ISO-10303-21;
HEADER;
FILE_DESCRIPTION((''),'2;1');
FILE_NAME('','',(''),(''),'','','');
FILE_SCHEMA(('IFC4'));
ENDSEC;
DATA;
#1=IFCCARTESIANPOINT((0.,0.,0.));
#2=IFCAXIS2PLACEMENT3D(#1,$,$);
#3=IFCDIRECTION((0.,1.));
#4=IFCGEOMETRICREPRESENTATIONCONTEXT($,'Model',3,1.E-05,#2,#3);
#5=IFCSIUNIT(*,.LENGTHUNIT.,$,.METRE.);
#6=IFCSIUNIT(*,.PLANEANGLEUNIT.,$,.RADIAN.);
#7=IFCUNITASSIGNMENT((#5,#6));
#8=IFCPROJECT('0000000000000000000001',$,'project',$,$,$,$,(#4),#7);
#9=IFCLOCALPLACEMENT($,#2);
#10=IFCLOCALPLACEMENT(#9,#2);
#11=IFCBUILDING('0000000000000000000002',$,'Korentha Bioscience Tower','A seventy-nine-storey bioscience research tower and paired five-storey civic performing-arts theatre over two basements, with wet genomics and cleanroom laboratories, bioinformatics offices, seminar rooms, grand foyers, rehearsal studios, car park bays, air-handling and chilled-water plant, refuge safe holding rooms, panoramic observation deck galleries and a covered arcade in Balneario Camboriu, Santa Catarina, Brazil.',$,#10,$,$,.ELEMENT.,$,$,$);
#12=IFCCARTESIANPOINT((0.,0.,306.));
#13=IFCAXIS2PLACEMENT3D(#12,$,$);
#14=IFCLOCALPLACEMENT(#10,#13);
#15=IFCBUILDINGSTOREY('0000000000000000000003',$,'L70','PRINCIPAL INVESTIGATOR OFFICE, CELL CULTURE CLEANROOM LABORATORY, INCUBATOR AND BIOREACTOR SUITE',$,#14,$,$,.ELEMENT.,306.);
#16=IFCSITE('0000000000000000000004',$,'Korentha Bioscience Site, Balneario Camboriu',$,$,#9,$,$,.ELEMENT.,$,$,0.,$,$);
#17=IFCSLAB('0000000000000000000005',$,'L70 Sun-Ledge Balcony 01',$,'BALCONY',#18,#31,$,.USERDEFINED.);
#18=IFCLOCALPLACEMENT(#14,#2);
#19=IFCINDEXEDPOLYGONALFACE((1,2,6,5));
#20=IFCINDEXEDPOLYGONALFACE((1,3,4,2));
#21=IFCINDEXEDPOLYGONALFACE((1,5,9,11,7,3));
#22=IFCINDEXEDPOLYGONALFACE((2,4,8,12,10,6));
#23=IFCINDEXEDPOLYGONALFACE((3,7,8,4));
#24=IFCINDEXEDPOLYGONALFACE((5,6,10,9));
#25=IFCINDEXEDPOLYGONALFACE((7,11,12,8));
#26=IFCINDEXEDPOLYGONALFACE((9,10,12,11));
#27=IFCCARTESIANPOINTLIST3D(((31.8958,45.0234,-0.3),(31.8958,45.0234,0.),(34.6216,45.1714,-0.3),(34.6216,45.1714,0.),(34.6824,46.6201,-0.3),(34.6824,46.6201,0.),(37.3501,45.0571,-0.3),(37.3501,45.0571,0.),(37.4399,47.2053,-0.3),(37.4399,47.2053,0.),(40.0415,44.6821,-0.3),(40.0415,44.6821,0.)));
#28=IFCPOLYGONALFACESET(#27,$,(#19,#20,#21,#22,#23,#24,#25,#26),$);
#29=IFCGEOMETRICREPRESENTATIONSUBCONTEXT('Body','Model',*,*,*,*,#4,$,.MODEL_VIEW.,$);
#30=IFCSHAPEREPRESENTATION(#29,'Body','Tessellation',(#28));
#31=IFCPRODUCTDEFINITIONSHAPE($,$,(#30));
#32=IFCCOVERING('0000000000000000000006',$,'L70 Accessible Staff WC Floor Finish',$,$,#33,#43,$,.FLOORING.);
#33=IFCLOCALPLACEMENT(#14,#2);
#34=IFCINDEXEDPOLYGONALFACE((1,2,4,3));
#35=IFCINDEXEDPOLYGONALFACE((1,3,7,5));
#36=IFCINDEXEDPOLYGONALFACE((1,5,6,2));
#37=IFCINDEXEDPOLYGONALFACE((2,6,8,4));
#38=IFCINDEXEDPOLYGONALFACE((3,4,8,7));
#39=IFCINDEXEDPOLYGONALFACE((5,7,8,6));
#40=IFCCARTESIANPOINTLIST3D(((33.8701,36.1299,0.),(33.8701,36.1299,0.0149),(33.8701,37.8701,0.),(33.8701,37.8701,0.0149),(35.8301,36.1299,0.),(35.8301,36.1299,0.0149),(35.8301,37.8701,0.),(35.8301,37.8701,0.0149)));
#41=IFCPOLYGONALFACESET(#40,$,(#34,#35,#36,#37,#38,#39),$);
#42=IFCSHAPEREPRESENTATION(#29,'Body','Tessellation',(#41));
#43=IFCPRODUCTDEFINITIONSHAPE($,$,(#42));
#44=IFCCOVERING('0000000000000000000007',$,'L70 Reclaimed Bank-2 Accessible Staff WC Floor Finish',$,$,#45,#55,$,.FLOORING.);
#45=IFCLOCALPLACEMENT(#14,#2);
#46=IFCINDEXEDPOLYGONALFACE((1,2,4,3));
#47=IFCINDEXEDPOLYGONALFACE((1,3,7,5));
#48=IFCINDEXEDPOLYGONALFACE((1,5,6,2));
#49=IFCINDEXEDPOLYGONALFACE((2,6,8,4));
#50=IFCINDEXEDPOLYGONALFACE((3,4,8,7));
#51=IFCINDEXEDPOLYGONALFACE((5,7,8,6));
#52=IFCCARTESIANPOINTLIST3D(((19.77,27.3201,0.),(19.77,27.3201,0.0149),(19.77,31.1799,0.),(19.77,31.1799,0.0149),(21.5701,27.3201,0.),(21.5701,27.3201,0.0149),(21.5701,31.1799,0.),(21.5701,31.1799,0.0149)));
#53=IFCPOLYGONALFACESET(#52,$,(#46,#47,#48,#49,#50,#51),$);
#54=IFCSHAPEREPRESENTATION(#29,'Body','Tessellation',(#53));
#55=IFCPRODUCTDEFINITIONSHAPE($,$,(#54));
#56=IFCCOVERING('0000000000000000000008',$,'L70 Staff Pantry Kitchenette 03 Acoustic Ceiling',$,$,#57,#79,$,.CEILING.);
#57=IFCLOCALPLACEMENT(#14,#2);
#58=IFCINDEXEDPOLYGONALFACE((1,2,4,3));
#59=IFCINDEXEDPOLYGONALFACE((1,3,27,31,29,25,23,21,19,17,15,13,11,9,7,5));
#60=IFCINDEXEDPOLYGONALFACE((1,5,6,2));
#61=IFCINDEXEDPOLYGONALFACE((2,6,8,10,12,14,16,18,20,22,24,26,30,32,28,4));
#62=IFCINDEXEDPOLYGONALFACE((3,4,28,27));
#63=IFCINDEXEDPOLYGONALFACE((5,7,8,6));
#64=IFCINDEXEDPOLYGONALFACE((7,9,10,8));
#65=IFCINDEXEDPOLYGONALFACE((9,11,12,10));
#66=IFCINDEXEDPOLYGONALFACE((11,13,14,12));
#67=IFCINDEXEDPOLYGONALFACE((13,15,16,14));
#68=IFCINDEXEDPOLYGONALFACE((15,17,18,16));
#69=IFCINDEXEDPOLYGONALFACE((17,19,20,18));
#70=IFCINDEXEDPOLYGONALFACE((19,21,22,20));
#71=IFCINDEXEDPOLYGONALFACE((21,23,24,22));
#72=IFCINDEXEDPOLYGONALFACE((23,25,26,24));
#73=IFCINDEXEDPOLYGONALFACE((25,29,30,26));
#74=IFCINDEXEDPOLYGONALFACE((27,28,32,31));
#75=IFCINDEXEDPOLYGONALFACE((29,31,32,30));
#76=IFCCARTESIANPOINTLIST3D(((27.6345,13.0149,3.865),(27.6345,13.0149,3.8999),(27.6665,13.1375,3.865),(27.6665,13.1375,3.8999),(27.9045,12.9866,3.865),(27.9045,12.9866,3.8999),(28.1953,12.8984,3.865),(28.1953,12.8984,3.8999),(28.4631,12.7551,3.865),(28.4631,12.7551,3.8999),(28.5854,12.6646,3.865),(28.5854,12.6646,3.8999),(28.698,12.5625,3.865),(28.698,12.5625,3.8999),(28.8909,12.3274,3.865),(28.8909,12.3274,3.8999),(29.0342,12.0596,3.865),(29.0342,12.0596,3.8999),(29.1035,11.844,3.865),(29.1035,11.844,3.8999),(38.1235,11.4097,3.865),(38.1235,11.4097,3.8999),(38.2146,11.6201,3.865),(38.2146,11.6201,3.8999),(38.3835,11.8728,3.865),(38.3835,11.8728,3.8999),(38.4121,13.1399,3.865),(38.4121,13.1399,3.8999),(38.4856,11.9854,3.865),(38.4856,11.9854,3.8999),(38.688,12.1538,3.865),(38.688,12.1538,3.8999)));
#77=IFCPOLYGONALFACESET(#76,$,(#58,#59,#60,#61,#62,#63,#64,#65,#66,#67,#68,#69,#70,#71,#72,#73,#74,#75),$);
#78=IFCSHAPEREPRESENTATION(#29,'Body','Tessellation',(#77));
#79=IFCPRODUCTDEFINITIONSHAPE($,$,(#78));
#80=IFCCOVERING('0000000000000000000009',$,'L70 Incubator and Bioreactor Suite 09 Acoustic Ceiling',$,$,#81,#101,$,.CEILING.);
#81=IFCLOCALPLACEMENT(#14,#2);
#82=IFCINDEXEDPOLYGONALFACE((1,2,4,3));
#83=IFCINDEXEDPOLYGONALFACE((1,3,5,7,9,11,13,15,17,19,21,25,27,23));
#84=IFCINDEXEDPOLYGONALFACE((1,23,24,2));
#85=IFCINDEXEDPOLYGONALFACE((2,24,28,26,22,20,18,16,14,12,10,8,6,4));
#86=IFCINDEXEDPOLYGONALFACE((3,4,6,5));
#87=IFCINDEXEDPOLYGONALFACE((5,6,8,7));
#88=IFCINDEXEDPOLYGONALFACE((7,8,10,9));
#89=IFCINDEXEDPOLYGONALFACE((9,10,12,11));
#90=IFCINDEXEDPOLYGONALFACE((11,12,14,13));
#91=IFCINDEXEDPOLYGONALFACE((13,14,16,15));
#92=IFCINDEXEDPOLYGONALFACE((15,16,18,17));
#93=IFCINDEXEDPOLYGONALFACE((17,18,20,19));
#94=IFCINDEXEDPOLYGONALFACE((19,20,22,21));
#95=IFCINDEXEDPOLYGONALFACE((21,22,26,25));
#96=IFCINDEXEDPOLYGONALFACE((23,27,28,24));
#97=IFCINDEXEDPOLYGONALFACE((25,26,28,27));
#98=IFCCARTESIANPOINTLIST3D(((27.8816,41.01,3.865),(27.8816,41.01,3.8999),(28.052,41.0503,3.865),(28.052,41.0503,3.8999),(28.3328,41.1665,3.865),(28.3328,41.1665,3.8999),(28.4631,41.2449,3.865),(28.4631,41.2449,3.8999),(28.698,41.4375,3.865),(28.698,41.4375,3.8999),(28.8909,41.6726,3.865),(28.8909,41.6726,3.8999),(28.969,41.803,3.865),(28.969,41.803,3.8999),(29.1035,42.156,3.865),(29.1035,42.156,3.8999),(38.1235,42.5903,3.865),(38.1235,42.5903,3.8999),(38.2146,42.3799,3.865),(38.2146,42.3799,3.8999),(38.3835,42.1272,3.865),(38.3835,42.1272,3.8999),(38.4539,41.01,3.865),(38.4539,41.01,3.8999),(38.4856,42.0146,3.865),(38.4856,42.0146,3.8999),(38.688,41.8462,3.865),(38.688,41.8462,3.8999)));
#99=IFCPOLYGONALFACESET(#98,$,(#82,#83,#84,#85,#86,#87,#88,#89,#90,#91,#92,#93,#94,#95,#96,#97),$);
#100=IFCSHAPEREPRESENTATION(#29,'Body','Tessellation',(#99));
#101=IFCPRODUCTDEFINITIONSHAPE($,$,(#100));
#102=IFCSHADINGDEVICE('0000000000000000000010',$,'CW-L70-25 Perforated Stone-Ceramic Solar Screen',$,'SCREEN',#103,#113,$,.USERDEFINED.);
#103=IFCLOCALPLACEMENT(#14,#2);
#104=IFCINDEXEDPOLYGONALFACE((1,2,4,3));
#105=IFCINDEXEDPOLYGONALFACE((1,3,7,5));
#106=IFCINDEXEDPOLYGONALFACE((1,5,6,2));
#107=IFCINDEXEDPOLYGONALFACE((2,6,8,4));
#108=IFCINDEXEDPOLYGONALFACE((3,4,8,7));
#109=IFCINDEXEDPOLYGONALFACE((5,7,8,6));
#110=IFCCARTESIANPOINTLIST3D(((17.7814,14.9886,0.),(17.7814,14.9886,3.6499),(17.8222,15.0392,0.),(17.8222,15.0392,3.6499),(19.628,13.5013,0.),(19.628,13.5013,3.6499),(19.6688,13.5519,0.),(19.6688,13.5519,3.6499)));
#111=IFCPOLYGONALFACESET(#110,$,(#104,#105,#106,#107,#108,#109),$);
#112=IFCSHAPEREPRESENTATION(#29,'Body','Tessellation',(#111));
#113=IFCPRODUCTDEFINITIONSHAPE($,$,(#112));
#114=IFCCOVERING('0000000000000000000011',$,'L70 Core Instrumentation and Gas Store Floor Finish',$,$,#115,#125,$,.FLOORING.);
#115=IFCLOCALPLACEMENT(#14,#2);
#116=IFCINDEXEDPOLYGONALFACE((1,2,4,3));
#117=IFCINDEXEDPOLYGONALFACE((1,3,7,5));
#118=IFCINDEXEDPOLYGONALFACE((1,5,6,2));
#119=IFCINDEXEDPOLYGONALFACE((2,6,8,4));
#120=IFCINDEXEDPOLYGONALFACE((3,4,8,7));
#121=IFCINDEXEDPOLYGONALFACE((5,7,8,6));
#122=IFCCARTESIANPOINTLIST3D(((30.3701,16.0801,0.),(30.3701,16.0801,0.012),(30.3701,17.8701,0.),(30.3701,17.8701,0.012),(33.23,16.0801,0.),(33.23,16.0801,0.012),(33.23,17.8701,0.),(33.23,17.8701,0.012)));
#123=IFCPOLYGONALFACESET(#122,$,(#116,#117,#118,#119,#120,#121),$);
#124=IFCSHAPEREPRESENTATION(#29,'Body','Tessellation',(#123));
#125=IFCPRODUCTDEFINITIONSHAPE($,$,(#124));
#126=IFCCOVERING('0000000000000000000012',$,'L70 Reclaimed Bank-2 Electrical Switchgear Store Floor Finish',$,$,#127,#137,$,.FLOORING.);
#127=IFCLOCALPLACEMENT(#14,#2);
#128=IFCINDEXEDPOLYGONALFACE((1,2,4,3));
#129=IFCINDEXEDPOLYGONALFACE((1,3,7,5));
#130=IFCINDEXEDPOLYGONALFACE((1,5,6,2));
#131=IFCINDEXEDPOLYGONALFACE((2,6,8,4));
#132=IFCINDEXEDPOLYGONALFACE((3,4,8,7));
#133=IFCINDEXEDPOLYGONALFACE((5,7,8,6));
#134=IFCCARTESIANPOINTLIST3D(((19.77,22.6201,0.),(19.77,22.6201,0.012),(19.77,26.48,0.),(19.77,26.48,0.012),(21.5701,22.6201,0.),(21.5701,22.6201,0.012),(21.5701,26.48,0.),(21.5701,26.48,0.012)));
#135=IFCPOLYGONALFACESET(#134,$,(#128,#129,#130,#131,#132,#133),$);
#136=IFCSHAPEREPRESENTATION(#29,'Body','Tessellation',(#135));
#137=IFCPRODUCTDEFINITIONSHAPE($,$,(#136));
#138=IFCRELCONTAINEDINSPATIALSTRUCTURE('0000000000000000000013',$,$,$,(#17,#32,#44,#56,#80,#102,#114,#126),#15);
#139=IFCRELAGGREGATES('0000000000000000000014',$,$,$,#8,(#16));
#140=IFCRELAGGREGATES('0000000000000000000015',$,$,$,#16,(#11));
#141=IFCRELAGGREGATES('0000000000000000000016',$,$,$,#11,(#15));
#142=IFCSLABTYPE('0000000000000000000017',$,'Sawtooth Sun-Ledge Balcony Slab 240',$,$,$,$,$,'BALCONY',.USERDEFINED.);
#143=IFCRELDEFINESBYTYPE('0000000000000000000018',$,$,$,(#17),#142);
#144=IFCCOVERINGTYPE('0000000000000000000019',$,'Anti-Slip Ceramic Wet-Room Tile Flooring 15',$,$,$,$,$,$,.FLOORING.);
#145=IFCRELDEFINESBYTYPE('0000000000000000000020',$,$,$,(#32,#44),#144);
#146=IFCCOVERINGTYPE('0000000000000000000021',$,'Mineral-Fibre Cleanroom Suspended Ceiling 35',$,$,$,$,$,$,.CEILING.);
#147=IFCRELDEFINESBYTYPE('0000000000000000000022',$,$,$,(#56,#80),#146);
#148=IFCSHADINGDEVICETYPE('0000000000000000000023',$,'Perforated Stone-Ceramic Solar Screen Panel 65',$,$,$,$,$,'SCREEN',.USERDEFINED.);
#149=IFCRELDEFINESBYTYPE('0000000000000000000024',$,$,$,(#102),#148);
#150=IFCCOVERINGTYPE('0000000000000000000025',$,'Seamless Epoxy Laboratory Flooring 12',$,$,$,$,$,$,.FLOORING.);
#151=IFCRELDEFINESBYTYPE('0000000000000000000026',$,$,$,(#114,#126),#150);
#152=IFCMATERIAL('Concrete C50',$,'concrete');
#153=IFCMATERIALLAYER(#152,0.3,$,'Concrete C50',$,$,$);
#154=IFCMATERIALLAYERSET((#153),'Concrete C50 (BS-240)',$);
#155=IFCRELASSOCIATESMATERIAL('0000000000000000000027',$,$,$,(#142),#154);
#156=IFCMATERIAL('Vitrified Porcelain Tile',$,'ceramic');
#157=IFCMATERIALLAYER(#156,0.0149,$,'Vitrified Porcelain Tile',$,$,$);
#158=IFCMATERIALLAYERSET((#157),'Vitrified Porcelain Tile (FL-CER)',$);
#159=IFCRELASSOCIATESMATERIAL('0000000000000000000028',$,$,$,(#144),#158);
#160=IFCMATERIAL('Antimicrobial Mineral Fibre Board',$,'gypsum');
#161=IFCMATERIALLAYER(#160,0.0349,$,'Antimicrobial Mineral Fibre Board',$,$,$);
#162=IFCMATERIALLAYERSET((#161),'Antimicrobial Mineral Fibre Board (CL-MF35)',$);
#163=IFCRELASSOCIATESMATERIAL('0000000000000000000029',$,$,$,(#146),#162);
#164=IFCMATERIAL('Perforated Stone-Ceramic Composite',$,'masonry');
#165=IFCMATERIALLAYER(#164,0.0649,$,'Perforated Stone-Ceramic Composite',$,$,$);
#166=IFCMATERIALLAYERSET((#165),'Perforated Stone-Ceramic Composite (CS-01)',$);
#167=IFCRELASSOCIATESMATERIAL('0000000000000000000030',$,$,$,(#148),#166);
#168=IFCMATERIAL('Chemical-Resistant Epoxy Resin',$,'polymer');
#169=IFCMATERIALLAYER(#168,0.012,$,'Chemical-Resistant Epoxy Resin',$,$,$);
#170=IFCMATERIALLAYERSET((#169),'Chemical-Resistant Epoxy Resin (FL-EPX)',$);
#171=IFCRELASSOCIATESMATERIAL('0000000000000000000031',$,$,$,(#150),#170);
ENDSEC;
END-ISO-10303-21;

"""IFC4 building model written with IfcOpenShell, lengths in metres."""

from ifc_helpers import new_model, si_unit, direction, frame, origin, origin_2d, place, context, subcontext, project, spatial, polyline, rectangle, outline, extrude, material, layer, layer_set, type_object, element, save


model = new_model("IFC4")

# Units and contexts
model_context = context("Model", 3, precision=1e-05, world=origin(), true_north=direction((0.0, 1.0)))
body_context = subcontext(model_context, "Body", "Model", "MODEL_VIEW")
ifc_project = project(units=[si_unit("LENGTHUNIT", "METRE"), si_unit("PLANEANGLEUNIT", "RADIAN")], contexts=[model_context])

# Site, building, storey
site_placement = place(None, origin())
site = spatial("IfcSite", under=ifc_project, at=site_placement, Name="Korentha Bioscience Site, Balneario Camboriu", CompositionType="ELEMENT", RefElevation=0.0)
building_placement = place(site_placement, origin())
building = spatial("IfcBuilding", under=site, at=building_placement, Name="Korentha Bioscience Tower", Description="A seventy-nine-storey bioscience research tower and paired five-storey civic performing-arts theatre over two basements, with wet genomics and cleanroom laboratories, bioinformatics offices, seminar rooms, grand foyers, rehearsal studios, car park bays, air-handling and chilled-water plant, refuge safe holding rooms, panoramic observation deck galleries and a covered arcade in Balneario Camboriu, Santa Catarina, Brazil.", CompositionType="ELEMENT")
storey_placement = place(building_placement, frame((0.0, 0.0, 306.0)))
storey = spatial("IfcBuildingStorey", under=building, at=storey_placement, Name="L70", Description="PRINCIPAL INVESTIGATOR OFFICE, CELL CULTURE CLEANROOM LABORATORY, INCUBATOR AND BIOREACTOR SUITE", CompositionType="ELEMENT", Elevation=306.0)

# Shared definitions
ifc_material_1 = material(Name="Concrete C50", Category="concrete")

# Slab
ifc_layer_1 = layer(ifc_material_1, 0.3, Name="Concrete C50")
ifc_layer_set_1 = layer_set([ifc_layer_1], Name="Concrete C50 (BS-240)")
slab_type_1 = type_object("IfcSlabType", Name="Sawtooth Sun-Ledge Balcony Slab 240", ElementType="BALCONY", PredefinedType="USERDEFINED", material=ifc_layer_set_1)
slab_1_placement = place(storey_placement, frame((0.0, 0.0, -0.3)))
element("IfcSlab", 1, at=slab_1_placement, inside=storey, type_object=slab_type_1, Name="L70 Sun-Ledge Balcony 01", ObjectType="BALCONY", PredefinedType="USERDEFINED", context=body_context, shape_type="SweptSolid", body=[
    extrude(outline(polyline([(31.8958, 45.0234), (34.6216, 45.1714), (37.3501, 45.0571), (40.0415, 44.6821), (37.4399, 47.2053), (34.6824, 46.6201), (31.8958, 45.0234)])), origin(), (0.0, 0.0, 1.0), 0.3),
])

# Coverings
ifc_material_2 = material(Name="Vitrified Porcelain Tile", Category="ceramic")
ifc_layer_2 = layer(ifc_material_2, 0.0149, Name="Vitrified Porcelain Tile")
ifc_layer_set_2 = layer_set([ifc_layer_2], Name="Vitrified Porcelain Tile (FL-CER)")
covering_type_1 = type_object("IfcCoveringType", Name="Anti-Slip Ceramic Wet-Room Tile Flooring 15", PredefinedType="FLOORING", material=ifc_layer_set_2)
covering_1_placement = place(storey_placement, origin())
element("IfcCovering", 2, at=covering_1_placement, inside=storey, type_object=covering_type_1, Name="L70 Accessible Staff WC Floor Finish", PredefinedType="FLOORING", context=body_context, shape_type="SweptSolid", body=[
    extrude(outline(polyline([(33.8701, 36.1299), (33.8701, 37.8701), (35.8301, 37.8701), (35.8301, 36.1299), (33.8701, 36.1299)])), origin(), (0.0, 0.0, 1.0), 0.0149),
])
covering_2_placement = place(storey_placement, origin())
element("IfcCovering", 3, at=covering_2_placement, inside=storey, type_object=covering_type_1, Name="L70 Reclaimed Bank-2 Accessible Staff WC Floor Finish", PredefinedType="FLOORING", context=body_context, shape_type="SweptSolid", body=[
    extrude(outline(polyline([(21.5701, 27.3201), (19.77, 27.3201), (19.77, 31.1799), (21.5701, 31.1799), (21.5701, 27.3201)])), origin(), (0.0, 0.0, 1.0), 0.0149),
])
ifc_material_3 = material(Name="Antimicrobial Mineral Fibre Board", Category="gypsum")
ifc_layer_3 = layer(ifc_material_3, 0.0349, Name="Antimicrobial Mineral Fibre Board")
ifc_layer_set_3 = layer_set([ifc_layer_3], Name="Antimicrobial Mineral Fibre Board (CL-MF35)")
covering_type_2 = type_object("IfcCoveringType", Name="Mineral-Fibre Cleanroom Suspended Ceiling 35", PredefinedType="CEILING", material=ifc_layer_set_3)
covering_3_placement = place(storey_placement, frame((0.0, 0.0, 3.865)))
element("IfcCovering", 4, at=covering_3_placement, inside=storey, type_object=covering_type_2, Name="L70 Staff Pantry Kitchenette 03 Acoustic Ceiling", PredefinedType="CEILING", context=body_context, shape_type="SweptSolid", body=[
    extrude(outline(polyline([(38.688, 12.1538), (38.4856, 11.9854), (38.3835, 11.8728), (38.2146, 11.6201), (38.1235, 11.4097), (29.1035, 11.844), (29.0342, 12.0596), (28.8909, 12.3274), (28.698, 12.5625), (28.5854, 12.6646), (28.4631, 12.7551), (28.1953, 12.8984), (27.9045, 12.9866), (27.6345, 13.0149), (27.6665, 13.1375), (38.4121, 13.1399), (38.688, 12.1538)])), origin(), (0.0, 0.0, 1.0), 0.0349),
])
covering_4_placement = place(storey_placement, frame((0.0, 0.0, 3.865)))
element("IfcCovering", 5, at=covering_4_placement, inside=storey, type_object=covering_type_2, Name="L70 Incubator and Bioreactor Suite 09 Acoustic Ceiling", PredefinedType="CEILING", context=body_context, shape_type="SweptSolid", body=[
    extrude(outline(polyline([(38.1235, 42.5903), (38.2146, 42.3799), (38.3835, 42.1272), (38.4856, 42.0146), (38.688, 41.8462), (38.4539, 41.01), (27.8816, 41.01), (28.052, 41.0503), (28.3328, 41.1665), (28.4631, 41.2449), (28.698, 41.4375), (28.8909, 41.6726), (28.969, 41.803), (29.1035, 42.156), (38.1235, 42.5903)])), origin(), (0.0, 0.0, 1.0), 0.0349),
])

# Shading device
ifc_material_4 = material(Name="Perforated Stone-Ceramic Composite", Category="masonry")
ifc_layer_4 = layer(ifc_material_4, 0.0649, Name="Perforated Stone-Ceramic Composite")
ifc_layer_set_4 = layer_set([ifc_layer_4], Name="Perforated Stone-Ceramic Composite (CS-01)")
shading_device_type_1 = type_object("IfcShadingDeviceType", Name="Perforated Stone-Ceramic Solar Screen Panel 65", ElementType="SCREEN", PredefinedType="USERDEFINED", material=ifc_layer_set_4)
shading_device_1_placement = place(storey_placement, frame((18.7251, 14.2703, 0.0), z_axis=(0.0, 0.0, 1.0), x_axis=(0.778807, -0.627264, 0.0)))
element("IfcShadingDevice", 6, at=shading_device_1_placement, inside=storey, type_object=shading_device_type_1, Name="CW-L70-25 Perforated Stone-Ceramic Solar Screen", ObjectType="SCREEN", PredefinedType="USERDEFINED", context=body_context, shape_type="SweptSolid", body=[
    extrude(rectangle(XDim=2.3711, YDim=0.0649, at=origin_2d()), origin(), (0.0, 0.0, 1.0), 3.6499),
])

# Coverings
ifc_material_5 = material(Name="Chemical-Resistant Epoxy Resin", Category="polymer")
ifc_layer_5 = layer(ifc_material_5, 0.012, Name="Chemical-Resistant Epoxy Resin")
ifc_layer_set_5 = layer_set([ifc_layer_5], Name="Chemical-Resistant Epoxy Resin (FL-EPX)")
covering_type_3 = type_object("IfcCoveringType", Name="Seamless Epoxy Laboratory Flooring 12", PredefinedType="FLOORING", material=ifc_layer_set_5)
covering_5_placement = place(storey_placement, origin())
element("IfcCovering", 7, at=covering_5_placement, inside=storey, type_object=covering_type_3, Name="L70 Core Instrumentation and Gas Store Floor Finish", PredefinedType="FLOORING", context=body_context, shape_type="SweptSolid", body=[
    extrude(outline(polyline([(30.3701, 16.0801), (30.3701, 17.8701), (33.23, 17.8701), (33.23, 16.0801), (30.3701, 16.0801)])), origin(), (0.0, 0.0, 1.0), 0.012),
])
covering_6_placement = place(storey_placement, origin())
element("IfcCovering", 8, at=covering_6_placement, inside=storey, type_object=covering_type_3, Name="L70 Reclaimed Bank-2 Electrical Switchgear Store Floor Finish", PredefinedType="FLOORING", context=body_context, shape_type="SweptSolid", body=[
    extrude(outline(polyline([(21.5701, 22.6201), (19.77, 22.6201), (19.77, 26.48), (21.5701, 26.48), (21.5701, 22.6201)])), origin(), (0.0, 0.0, 1.0), 0.012),
])

save(model, "model.ifc")
